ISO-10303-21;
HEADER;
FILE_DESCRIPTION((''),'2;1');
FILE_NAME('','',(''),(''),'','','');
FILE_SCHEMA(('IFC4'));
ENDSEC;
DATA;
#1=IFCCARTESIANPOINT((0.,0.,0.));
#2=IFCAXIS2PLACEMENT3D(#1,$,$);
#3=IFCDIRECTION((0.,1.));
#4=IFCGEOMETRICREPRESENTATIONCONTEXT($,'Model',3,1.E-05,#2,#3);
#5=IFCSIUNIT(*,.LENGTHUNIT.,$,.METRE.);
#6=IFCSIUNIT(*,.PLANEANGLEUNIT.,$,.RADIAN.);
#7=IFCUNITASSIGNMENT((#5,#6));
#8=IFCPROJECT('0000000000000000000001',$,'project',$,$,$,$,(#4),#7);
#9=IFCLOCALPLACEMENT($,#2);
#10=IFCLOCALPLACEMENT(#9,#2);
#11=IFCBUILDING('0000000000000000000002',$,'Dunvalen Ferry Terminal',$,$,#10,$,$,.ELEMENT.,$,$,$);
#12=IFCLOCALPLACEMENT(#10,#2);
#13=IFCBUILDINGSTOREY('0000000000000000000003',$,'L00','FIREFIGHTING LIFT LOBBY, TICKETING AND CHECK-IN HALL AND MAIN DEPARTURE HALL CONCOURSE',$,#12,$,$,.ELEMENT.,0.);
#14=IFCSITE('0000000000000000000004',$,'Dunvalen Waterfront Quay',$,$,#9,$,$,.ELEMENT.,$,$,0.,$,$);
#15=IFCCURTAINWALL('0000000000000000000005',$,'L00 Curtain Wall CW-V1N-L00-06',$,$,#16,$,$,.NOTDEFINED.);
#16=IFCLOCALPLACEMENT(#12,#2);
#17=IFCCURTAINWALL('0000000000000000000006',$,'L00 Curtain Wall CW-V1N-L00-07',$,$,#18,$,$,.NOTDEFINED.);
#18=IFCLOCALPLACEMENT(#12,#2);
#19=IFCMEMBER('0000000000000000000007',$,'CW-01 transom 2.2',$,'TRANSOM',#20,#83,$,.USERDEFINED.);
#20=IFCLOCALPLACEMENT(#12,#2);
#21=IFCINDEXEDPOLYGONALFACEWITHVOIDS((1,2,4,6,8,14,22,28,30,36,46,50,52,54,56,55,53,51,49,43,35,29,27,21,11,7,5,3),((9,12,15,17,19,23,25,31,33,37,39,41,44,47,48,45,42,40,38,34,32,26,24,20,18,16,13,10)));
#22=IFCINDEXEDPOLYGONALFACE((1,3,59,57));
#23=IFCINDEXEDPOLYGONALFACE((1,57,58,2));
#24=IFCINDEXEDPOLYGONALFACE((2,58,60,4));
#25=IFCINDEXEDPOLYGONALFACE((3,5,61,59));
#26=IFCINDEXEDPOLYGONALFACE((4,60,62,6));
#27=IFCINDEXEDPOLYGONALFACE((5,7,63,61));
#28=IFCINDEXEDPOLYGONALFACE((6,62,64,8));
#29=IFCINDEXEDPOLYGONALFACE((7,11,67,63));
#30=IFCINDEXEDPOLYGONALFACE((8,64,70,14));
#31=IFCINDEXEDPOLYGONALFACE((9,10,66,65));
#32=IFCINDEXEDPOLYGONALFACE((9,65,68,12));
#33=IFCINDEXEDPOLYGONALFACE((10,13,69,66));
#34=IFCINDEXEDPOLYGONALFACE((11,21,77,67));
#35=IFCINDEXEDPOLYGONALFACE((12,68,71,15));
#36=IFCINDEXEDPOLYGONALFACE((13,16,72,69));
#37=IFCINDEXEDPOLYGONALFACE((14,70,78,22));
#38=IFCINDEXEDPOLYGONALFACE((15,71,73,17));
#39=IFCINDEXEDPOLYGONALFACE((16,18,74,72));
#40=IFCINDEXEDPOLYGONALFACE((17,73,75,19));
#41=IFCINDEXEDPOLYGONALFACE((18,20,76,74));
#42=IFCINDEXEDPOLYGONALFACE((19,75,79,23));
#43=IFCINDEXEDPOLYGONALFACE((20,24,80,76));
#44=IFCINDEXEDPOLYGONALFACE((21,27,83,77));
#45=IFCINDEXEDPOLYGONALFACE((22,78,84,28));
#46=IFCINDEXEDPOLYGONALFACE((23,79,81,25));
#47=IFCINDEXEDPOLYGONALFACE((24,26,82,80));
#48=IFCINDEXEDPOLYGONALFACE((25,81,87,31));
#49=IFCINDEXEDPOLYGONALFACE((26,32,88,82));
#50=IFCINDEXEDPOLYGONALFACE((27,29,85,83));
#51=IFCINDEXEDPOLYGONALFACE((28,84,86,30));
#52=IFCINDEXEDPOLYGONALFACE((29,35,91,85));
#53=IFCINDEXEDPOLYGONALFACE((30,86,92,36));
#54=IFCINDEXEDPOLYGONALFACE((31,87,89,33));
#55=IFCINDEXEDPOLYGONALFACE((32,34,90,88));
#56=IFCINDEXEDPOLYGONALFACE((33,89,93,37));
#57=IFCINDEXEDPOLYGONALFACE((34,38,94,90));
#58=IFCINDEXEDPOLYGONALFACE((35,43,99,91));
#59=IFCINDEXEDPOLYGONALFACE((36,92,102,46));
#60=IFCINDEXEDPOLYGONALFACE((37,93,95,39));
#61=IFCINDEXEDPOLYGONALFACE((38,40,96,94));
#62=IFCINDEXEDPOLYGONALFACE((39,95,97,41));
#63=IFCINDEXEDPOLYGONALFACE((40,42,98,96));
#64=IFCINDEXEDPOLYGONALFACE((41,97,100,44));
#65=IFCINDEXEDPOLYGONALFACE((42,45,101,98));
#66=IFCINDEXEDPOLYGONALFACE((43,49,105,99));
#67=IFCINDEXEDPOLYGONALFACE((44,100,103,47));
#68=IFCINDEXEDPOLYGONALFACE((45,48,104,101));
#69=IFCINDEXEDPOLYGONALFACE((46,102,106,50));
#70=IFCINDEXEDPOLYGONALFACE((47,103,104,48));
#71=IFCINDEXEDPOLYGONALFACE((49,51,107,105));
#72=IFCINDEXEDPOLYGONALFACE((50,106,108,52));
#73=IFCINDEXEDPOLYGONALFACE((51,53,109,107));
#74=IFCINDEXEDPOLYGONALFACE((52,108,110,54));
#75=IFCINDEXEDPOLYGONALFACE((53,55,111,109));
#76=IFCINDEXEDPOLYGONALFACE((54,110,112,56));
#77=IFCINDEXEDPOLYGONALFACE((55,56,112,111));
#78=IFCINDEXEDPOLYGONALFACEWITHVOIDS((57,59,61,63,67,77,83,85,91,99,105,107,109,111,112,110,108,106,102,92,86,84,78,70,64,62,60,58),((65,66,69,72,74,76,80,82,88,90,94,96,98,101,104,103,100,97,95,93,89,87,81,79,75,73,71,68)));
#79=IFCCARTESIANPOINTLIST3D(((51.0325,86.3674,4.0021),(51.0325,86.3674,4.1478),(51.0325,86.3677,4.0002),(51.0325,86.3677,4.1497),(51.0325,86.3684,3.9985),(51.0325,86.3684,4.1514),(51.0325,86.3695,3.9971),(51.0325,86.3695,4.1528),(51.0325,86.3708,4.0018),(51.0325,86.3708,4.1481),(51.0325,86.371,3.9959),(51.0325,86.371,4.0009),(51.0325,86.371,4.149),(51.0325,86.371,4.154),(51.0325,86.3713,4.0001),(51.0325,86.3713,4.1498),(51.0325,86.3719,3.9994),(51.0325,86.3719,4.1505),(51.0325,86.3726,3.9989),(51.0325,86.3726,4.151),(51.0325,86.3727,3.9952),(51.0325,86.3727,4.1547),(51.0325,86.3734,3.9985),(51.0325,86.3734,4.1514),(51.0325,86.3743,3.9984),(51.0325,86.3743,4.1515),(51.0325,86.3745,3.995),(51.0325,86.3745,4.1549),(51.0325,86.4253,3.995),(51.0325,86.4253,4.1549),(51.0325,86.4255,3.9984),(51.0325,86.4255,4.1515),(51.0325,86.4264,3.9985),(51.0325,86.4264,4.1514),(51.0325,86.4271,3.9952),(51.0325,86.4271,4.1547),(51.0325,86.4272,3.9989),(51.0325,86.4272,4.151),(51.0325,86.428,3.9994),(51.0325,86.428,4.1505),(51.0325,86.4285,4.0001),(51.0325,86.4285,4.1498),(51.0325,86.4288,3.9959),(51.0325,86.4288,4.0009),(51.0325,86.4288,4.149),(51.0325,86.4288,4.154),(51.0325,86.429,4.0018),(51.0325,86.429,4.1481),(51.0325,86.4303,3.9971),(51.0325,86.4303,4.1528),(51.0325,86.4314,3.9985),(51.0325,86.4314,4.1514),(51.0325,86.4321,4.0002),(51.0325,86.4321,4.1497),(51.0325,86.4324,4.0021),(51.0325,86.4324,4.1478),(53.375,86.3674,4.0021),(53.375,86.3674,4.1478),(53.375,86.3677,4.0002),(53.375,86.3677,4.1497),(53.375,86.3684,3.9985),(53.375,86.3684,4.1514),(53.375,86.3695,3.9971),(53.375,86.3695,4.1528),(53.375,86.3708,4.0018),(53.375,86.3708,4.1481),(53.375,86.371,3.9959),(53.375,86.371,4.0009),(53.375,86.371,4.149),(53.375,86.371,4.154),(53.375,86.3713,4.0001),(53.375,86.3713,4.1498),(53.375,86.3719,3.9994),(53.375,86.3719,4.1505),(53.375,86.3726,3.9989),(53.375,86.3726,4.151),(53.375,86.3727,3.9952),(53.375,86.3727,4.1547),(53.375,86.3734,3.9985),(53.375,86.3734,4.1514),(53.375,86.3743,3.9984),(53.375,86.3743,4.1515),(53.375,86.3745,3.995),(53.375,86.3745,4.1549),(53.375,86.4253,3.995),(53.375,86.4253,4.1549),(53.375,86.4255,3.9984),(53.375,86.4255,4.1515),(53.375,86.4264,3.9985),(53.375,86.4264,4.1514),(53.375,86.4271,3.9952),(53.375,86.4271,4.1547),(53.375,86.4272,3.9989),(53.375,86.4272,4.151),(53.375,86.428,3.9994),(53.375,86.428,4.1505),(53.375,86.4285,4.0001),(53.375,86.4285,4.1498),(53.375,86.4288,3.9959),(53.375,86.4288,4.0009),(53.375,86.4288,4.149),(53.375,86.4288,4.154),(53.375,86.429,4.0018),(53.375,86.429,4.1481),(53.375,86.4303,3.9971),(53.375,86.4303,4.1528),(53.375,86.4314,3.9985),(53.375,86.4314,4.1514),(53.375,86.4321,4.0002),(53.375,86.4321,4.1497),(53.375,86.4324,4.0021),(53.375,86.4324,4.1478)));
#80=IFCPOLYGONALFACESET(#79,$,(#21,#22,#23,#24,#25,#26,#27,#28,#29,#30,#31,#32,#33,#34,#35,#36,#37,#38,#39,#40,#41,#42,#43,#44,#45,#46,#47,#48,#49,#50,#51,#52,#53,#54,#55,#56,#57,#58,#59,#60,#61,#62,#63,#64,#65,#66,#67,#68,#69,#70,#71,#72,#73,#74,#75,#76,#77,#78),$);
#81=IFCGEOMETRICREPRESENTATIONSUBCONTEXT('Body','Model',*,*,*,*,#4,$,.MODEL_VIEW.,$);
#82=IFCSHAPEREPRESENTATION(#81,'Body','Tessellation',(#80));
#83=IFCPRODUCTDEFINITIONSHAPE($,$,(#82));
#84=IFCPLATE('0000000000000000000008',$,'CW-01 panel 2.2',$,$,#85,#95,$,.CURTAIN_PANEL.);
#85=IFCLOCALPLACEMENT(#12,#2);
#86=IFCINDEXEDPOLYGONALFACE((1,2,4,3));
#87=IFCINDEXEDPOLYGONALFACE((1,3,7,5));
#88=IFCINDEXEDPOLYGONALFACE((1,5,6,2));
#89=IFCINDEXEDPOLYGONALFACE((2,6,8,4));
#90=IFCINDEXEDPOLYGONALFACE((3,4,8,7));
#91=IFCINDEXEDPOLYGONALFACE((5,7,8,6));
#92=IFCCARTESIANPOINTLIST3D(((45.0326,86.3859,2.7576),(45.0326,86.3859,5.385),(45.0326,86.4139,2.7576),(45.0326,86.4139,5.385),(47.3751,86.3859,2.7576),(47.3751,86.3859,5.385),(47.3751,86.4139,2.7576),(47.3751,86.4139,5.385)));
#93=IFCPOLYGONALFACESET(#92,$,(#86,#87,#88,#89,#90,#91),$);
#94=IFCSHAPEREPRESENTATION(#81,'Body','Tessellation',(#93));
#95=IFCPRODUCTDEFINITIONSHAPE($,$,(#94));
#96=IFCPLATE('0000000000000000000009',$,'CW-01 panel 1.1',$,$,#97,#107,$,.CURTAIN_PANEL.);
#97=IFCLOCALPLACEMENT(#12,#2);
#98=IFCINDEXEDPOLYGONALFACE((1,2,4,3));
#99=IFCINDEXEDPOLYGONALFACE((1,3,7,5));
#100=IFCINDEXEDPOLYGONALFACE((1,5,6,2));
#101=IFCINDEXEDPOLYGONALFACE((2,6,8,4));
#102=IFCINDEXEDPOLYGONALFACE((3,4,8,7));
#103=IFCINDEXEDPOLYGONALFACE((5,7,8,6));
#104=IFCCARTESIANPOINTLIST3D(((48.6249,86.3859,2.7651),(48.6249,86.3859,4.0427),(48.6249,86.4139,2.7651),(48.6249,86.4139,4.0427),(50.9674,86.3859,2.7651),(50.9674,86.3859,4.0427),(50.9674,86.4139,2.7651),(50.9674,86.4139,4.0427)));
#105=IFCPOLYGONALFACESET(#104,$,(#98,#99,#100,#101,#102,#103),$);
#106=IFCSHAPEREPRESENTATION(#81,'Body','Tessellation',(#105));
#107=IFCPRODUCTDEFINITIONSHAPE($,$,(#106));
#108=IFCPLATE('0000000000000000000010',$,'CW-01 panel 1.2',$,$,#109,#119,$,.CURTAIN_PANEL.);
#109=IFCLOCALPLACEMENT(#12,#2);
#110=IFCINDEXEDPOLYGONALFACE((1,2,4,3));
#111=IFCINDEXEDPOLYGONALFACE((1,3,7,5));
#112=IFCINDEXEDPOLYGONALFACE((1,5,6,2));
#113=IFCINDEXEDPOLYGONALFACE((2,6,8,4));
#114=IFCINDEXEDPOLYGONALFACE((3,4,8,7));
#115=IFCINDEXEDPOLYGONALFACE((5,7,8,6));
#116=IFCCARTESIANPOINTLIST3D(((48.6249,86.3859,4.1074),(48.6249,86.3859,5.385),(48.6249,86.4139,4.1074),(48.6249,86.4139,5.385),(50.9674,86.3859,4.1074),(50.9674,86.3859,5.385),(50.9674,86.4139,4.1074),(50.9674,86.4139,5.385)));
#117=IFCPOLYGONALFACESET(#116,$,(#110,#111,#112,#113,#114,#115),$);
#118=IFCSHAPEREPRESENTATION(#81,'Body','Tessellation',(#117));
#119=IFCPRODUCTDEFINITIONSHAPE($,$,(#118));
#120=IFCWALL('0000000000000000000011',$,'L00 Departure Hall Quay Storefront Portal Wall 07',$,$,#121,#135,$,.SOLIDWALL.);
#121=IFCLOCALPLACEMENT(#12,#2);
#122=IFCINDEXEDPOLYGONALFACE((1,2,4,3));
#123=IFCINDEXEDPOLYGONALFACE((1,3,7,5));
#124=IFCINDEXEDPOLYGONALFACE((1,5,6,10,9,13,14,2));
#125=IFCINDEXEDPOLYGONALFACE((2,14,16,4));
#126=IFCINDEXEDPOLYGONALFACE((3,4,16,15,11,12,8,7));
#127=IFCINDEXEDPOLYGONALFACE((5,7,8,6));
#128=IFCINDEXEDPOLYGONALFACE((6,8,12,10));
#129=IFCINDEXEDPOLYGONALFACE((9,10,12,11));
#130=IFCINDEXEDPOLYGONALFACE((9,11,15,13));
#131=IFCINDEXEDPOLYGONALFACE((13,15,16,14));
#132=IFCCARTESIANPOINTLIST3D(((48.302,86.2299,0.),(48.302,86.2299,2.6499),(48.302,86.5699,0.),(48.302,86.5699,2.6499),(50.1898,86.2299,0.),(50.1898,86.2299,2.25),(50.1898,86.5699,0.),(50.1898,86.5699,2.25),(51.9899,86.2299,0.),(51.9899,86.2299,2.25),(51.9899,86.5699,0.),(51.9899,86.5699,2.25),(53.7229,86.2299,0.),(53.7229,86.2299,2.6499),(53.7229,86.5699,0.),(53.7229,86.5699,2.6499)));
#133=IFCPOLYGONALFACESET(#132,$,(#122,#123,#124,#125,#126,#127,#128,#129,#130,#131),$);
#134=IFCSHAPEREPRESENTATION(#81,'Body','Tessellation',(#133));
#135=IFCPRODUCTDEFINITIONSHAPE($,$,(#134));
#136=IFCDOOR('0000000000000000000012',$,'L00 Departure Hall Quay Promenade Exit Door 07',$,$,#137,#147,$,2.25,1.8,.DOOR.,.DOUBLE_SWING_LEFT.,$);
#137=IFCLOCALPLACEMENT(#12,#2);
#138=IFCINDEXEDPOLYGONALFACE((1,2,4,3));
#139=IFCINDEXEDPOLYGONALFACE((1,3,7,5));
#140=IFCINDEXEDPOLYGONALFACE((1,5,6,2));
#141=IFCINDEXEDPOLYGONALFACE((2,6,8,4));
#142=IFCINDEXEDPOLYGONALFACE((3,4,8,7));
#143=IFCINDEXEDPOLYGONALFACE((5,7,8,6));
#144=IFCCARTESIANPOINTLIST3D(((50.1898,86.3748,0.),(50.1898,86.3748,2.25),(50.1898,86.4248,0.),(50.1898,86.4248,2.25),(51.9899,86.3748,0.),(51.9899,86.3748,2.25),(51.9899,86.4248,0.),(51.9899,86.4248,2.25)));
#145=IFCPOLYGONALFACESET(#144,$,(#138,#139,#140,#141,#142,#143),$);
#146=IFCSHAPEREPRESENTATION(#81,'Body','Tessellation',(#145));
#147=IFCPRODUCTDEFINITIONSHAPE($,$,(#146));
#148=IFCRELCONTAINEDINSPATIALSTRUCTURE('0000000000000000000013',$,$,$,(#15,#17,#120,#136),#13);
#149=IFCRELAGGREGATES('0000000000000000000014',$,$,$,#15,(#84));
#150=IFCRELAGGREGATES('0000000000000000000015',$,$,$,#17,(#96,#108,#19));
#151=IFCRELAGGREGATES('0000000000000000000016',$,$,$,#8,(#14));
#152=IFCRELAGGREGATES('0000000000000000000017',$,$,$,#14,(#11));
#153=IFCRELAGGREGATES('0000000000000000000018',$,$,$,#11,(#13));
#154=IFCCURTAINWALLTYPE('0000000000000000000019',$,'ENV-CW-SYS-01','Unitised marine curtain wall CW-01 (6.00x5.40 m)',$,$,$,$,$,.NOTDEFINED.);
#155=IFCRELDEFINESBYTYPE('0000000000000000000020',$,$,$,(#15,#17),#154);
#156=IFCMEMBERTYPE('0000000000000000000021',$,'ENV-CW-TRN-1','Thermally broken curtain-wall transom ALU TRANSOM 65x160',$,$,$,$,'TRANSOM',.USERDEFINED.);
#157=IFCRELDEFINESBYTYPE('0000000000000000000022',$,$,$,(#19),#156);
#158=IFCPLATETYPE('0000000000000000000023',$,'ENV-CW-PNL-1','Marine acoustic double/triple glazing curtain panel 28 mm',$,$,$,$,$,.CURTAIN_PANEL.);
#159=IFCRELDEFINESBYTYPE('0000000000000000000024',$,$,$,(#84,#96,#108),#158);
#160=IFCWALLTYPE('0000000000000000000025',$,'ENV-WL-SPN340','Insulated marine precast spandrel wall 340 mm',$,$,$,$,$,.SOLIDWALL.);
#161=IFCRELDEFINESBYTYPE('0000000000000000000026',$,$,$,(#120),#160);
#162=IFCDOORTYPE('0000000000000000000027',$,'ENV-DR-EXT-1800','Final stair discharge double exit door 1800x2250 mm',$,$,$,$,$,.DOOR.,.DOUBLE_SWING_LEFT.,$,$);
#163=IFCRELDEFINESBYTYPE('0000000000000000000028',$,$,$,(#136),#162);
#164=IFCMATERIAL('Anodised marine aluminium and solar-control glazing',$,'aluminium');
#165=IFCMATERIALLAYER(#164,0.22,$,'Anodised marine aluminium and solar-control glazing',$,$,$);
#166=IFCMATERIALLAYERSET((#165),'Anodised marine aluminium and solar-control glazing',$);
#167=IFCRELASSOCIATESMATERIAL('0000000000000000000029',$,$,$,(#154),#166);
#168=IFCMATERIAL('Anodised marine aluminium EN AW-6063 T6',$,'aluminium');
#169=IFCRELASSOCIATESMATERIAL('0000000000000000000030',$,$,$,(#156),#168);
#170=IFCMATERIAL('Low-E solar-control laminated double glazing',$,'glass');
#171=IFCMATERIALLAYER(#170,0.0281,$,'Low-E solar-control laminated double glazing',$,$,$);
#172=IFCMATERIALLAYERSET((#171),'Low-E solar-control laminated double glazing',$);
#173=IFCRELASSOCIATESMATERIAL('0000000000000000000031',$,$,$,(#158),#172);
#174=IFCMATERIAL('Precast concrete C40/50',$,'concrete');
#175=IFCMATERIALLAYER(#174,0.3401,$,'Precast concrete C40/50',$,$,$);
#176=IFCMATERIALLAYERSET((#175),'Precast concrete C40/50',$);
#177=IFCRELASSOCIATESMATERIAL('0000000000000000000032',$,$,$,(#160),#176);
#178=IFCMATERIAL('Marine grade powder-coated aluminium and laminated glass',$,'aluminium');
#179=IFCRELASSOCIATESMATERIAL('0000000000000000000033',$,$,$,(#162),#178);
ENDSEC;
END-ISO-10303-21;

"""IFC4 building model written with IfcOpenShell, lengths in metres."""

from ifc_helpers import new_model, si_unit, direction, frame, frame_2d, origin, origin_2d, place, context, subcontext, project, spatial, rectangle, hollow_rectangle, extrude, material, layer, layer_set, material_profile, profile_set, type_object, element, fill, aggregate, save


model = new_model("IFC4")

# Units and contexts
model_context = context("Model", 3, precision=1e-05, world=origin(), true_north=direction((0.0, 1.0)))
body_context = subcontext(model_context, "Body", "Model", "MODEL_VIEW")
ifc_project = project(units=[si_unit("LENGTHUNIT", "METRE"), si_unit("PLANEANGLEUNIT", "RADIAN")], contexts=[model_context])

# Site, building, storey
site_placement = place(None, origin())
site = spatial("IfcSite", under=ifc_project, at=site_placement, Name="Dunvalen Waterfront Quay", CompositionType="ELEMENT", RefElevation=0.0)
building_placement = place(site_placement, origin())
building = spatial("IfcBuilding", under=site, at=building_placement, Name="Dunvalen Ferry Terminal", CompositionType="ELEMENT")
storey_placement = place(building_placement, origin())
storey = spatial("IfcBuildingStorey", under=building, at=storey_placement, Name="L00", Description="FIREFIGHTING LIFT LOBBY, TICKETING AND CHECK-IN HALL AND MAIN DEPARTURE HALL CONCOURSE", CompositionType="ELEMENT", Elevation=0.0)

# Curtain wall
ifc_material_1 = material(Name="Anodised marine aluminium and solar-control glazing", Category="aluminium")
ifc_layer_1 = layer(ifc_material_1, 0.22, Name="Anodised marine aluminium and solar-control glazing")
ifc_layer_set_1 = layer_set([ifc_layer_1], Name="Anodised marine aluminium and solar-control glazing")
curtain_wall_type = type_object("IfcCurtainWallType", Name="ENV-CW-SYS-01", Description="Unitised marine curtain wall CW-01 (6.00x5.40 m)", PredefinedType="NOTDEFINED", material=ifc_layer_set_1)
curtain_wall_1_placement = place(storey_placement, origin())
curtain_wall_1 = element("IfcCurtainWall", 1, at=curtain_wall_1_placement, inside=storey, type_object=curtain_wall_type, Name="L00 Curtain Wall CW-V1N-L00-06", PredefinedType="NOTDEFINED")
ifc_material_2 = material(Name="Anodised marine aluminium EN AW-6063 T6", Category="aluminium")

# Curtain wall, member
curtain_wall_2_placement = place(storey_placement, origin())
curtain_wall_2 = element("IfcCurtainWall", 2, at=curtain_wall_2_placement, inside=storey, type_object=curtain_wall_type, Name="L00 Curtain Wall CW-V1N-L00-07", PredefinedType="NOTDEFINED")
ifc_material_profile_1 = material_profile(ifc_material_2, hollow_rectangle(XDim=0.0649, YDim=0.1599, WallThickness=0.0034, InnerFilletRadius=0.0034, OuterFilletRadius=0.0071, at=origin_2d()), Name="Anodised marine aluminium EN AW-6063 T6")
ifc_profile_set_1 = profile_set([ifc_material_profile_1], Name="Anodised marine aluminium EN AW-6063 T6")
member_type_1 = type_object("IfcMemberType", Name="ENV-CW-TRN-1", Description="Thermally broken curtain-wall transom ALU TRANSOM 65x160", ElementType="TRANSOM", PredefinedType="USERDEFINED", material=ifc_profile_set_1)
member_1_placement = place(storey_placement, frame((51.0325, 86.3999, 4.075), z_axis=(1.0, 0.0, 0.0), x_axis=(0.0, 1.0, 0.0)))
member_1 = element("IfcMember", 3, at=member_1_placement, type_object=member_type_1, Name="CW-01 transom 2.2", ObjectType="TRANSOM", PredefinedType="USERDEFINED", context=body_context, shape_type="SweptSolid", body=[
    extrude(hollow_rectangle(XDim=0.0649, YDim=0.1599, WallThickness=0.0034, InnerFilletRadius=0.0034, OuterFilletRadius=0.0071, at=origin_2d()), origin(), (0.0, 0.0, 1.0), 2.3425),
])

# Plates
ifc_material_3 = material(Name="Low-E solar-control laminated double glazing", Category="glass")
ifc_layer_2 = layer(ifc_material_3, 0.0281, Name="Low-E solar-control laminated double glazing")
ifc_layer_set_2 = layer_set([ifc_layer_2], Name="Low-E solar-control laminated double glazing")
plate_type = type_object("IfcPlateType", Name="ENV-CW-PNL-1", Description="Marine acoustic double/triple glazing curtain panel 28 mm", PredefinedType="CURTAIN_PANEL", material=ifc_layer_set_2)
plate_1_placement = place(storey_placement, frame((46.2039, 86.3999, 2.7576), z_axis=(0.0, 0.0, 1.0), x_axis=(1.0, 0.0, 0.0)))
plate_1 = element("IfcPlate", 4, at=plate_1_placement, type_object=plate_type, Name="CW-01 panel 2.2", PredefinedType="CURTAIN_PANEL", context=body_context, shape_type="SweptSolid", body=[
    extrude(rectangle(XDim=2.3425, YDim=0.0281, at=origin_2d()), origin(), (0.0, 0.0, 1.0), 2.6274),
])
aggregate(curtain_wall_1, [plate_1])
plate_2_placement = place(storey_placement, frame((49.7961, 86.3999, 2.7651), z_axis=(0.0, 0.0, 1.0), x_axis=(1.0, 0.0, 0.0)))
plate_2 = element("IfcPlate", 5, at=plate_2_placement, type_object=plate_type, Name="CW-01 panel 1.1", PredefinedType="CURTAIN_PANEL", context=body_context, shape_type="SweptSolid", body=[
    extrude(rectangle(XDim=2.3425, YDim=0.0281, at=origin_2d()), origin(), (0.0, 0.0, 1.0), 1.2776),
])
plate_3_placement = place(storey_placement, frame((49.7961, 86.3999, 4.1074), z_axis=(0.0, 0.0, 1.0), x_axis=(1.0, 0.0, 0.0)))
plate_3 = element("IfcPlate", 6, at=plate_3_placement, type_object=plate_type, Name="CW-01 panel 1.2", PredefinedType="CURTAIN_PANEL", context=body_context, shape_type="SweptSolid", body=[
    extrude(rectangle(XDim=2.3425, YDim=0.0281, at=origin_2d()), origin(), (0.0, 0.0, 1.0), 1.2776),
])
aggregate(curtain_wall_2, [plate_2, plate_3, member_1])

# Wall, opening, door
ifc_material_4 = material(Name="Precast concrete C40/50", Category="concrete")
ifc_layer_3 = layer(ifc_material_4, 0.3401, Name="Precast concrete C40/50")
ifc_layer_set_3 = layer_set([ifc_layer_3], Name="Precast concrete C40/50")
wall_type = type_object("IfcWallType", Name="ENV-WL-SPN340", Description="Insulated marine precast spandrel wall 340 mm", PredefinedType="SOLIDWALL", material=ifc_layer_set_3)
wall_placement = place(storey_placement, frame((48.302, 86.3999, 0.0), z_axis=(0.0, 0.0, 1.0), x_axis=(1.0, 0.0, 0.0)))
wall = element("IfcWall", 7, at=wall_placement, inside=storey, type_object=wall_type, Name="L00 Departure Hall Quay Storefront Portal Wall 07", PredefinedType="SOLIDWALL", context=body_context, shape_type="SweptSolid", body=[
    extrude(rectangle(XDim=5.4209, YDim=0.3401, at=frame_2d((2.7104, 0.0))), origin(), (0.0, 0.0, 1.0), 2.6499),
])
opening_placement = place(wall_placement, frame((1.8879, 0.0, 0.0)))
opening = element("IfcOpeningElement", 8, at=opening_placement, cuts=wall, PredefinedType="OPENING", context=body_context, shape_type="SweptSolid", body=[
    extrude(rectangle(XDim=1.8, YDim=2.25, at=frame_2d((0.8999, 1.125))), frame((0.0, 0.1802, 0.0), z_axis=(0.0, -1.0, 0.0), x_axis=(1.0, 0.0, 0.0)), (0.0, 0.0, 1.0), 0.3601),
])
ifc_material_5 = material(Name="Marine grade powder-coated aluminium and laminated glass", Category="aluminium")
door_type = type_object("IfcDoorType", Name="ENV-DR-EXT-1800", Description="Final stair discharge double exit door 1800x2250 mm", OperationType="DOUBLE_SWING_LEFT", PredefinedType="DOOR", material=ifc_material_5)
door_placement = place(opening_placement, origin())
door = element("IfcDoor", 9, at=door_placement, inside=storey, type_object=door_type, Name="L00 Departure Hall Quay Promenade Exit Door 07", OperationType="DOUBLE_SWING_LEFT", OverallHeight=2.25, OverallWidth=1.8, PredefinedType="DOOR", context=body_context, shape_type="SweptSolid", body=[
    extrude(rectangle(XDim=1.8, YDim=2.25, at=frame_2d((0.8999, 1.125))), frame((0.0, 0.0249, 0.0), z_axis=(0.0, -1.0, 0.0), x_axis=(1.0, 0.0, 0.0)), (0.0, 0.0, 1.0), 0.05),
])
fill(opening, door)

save(model, "model.ifc")
